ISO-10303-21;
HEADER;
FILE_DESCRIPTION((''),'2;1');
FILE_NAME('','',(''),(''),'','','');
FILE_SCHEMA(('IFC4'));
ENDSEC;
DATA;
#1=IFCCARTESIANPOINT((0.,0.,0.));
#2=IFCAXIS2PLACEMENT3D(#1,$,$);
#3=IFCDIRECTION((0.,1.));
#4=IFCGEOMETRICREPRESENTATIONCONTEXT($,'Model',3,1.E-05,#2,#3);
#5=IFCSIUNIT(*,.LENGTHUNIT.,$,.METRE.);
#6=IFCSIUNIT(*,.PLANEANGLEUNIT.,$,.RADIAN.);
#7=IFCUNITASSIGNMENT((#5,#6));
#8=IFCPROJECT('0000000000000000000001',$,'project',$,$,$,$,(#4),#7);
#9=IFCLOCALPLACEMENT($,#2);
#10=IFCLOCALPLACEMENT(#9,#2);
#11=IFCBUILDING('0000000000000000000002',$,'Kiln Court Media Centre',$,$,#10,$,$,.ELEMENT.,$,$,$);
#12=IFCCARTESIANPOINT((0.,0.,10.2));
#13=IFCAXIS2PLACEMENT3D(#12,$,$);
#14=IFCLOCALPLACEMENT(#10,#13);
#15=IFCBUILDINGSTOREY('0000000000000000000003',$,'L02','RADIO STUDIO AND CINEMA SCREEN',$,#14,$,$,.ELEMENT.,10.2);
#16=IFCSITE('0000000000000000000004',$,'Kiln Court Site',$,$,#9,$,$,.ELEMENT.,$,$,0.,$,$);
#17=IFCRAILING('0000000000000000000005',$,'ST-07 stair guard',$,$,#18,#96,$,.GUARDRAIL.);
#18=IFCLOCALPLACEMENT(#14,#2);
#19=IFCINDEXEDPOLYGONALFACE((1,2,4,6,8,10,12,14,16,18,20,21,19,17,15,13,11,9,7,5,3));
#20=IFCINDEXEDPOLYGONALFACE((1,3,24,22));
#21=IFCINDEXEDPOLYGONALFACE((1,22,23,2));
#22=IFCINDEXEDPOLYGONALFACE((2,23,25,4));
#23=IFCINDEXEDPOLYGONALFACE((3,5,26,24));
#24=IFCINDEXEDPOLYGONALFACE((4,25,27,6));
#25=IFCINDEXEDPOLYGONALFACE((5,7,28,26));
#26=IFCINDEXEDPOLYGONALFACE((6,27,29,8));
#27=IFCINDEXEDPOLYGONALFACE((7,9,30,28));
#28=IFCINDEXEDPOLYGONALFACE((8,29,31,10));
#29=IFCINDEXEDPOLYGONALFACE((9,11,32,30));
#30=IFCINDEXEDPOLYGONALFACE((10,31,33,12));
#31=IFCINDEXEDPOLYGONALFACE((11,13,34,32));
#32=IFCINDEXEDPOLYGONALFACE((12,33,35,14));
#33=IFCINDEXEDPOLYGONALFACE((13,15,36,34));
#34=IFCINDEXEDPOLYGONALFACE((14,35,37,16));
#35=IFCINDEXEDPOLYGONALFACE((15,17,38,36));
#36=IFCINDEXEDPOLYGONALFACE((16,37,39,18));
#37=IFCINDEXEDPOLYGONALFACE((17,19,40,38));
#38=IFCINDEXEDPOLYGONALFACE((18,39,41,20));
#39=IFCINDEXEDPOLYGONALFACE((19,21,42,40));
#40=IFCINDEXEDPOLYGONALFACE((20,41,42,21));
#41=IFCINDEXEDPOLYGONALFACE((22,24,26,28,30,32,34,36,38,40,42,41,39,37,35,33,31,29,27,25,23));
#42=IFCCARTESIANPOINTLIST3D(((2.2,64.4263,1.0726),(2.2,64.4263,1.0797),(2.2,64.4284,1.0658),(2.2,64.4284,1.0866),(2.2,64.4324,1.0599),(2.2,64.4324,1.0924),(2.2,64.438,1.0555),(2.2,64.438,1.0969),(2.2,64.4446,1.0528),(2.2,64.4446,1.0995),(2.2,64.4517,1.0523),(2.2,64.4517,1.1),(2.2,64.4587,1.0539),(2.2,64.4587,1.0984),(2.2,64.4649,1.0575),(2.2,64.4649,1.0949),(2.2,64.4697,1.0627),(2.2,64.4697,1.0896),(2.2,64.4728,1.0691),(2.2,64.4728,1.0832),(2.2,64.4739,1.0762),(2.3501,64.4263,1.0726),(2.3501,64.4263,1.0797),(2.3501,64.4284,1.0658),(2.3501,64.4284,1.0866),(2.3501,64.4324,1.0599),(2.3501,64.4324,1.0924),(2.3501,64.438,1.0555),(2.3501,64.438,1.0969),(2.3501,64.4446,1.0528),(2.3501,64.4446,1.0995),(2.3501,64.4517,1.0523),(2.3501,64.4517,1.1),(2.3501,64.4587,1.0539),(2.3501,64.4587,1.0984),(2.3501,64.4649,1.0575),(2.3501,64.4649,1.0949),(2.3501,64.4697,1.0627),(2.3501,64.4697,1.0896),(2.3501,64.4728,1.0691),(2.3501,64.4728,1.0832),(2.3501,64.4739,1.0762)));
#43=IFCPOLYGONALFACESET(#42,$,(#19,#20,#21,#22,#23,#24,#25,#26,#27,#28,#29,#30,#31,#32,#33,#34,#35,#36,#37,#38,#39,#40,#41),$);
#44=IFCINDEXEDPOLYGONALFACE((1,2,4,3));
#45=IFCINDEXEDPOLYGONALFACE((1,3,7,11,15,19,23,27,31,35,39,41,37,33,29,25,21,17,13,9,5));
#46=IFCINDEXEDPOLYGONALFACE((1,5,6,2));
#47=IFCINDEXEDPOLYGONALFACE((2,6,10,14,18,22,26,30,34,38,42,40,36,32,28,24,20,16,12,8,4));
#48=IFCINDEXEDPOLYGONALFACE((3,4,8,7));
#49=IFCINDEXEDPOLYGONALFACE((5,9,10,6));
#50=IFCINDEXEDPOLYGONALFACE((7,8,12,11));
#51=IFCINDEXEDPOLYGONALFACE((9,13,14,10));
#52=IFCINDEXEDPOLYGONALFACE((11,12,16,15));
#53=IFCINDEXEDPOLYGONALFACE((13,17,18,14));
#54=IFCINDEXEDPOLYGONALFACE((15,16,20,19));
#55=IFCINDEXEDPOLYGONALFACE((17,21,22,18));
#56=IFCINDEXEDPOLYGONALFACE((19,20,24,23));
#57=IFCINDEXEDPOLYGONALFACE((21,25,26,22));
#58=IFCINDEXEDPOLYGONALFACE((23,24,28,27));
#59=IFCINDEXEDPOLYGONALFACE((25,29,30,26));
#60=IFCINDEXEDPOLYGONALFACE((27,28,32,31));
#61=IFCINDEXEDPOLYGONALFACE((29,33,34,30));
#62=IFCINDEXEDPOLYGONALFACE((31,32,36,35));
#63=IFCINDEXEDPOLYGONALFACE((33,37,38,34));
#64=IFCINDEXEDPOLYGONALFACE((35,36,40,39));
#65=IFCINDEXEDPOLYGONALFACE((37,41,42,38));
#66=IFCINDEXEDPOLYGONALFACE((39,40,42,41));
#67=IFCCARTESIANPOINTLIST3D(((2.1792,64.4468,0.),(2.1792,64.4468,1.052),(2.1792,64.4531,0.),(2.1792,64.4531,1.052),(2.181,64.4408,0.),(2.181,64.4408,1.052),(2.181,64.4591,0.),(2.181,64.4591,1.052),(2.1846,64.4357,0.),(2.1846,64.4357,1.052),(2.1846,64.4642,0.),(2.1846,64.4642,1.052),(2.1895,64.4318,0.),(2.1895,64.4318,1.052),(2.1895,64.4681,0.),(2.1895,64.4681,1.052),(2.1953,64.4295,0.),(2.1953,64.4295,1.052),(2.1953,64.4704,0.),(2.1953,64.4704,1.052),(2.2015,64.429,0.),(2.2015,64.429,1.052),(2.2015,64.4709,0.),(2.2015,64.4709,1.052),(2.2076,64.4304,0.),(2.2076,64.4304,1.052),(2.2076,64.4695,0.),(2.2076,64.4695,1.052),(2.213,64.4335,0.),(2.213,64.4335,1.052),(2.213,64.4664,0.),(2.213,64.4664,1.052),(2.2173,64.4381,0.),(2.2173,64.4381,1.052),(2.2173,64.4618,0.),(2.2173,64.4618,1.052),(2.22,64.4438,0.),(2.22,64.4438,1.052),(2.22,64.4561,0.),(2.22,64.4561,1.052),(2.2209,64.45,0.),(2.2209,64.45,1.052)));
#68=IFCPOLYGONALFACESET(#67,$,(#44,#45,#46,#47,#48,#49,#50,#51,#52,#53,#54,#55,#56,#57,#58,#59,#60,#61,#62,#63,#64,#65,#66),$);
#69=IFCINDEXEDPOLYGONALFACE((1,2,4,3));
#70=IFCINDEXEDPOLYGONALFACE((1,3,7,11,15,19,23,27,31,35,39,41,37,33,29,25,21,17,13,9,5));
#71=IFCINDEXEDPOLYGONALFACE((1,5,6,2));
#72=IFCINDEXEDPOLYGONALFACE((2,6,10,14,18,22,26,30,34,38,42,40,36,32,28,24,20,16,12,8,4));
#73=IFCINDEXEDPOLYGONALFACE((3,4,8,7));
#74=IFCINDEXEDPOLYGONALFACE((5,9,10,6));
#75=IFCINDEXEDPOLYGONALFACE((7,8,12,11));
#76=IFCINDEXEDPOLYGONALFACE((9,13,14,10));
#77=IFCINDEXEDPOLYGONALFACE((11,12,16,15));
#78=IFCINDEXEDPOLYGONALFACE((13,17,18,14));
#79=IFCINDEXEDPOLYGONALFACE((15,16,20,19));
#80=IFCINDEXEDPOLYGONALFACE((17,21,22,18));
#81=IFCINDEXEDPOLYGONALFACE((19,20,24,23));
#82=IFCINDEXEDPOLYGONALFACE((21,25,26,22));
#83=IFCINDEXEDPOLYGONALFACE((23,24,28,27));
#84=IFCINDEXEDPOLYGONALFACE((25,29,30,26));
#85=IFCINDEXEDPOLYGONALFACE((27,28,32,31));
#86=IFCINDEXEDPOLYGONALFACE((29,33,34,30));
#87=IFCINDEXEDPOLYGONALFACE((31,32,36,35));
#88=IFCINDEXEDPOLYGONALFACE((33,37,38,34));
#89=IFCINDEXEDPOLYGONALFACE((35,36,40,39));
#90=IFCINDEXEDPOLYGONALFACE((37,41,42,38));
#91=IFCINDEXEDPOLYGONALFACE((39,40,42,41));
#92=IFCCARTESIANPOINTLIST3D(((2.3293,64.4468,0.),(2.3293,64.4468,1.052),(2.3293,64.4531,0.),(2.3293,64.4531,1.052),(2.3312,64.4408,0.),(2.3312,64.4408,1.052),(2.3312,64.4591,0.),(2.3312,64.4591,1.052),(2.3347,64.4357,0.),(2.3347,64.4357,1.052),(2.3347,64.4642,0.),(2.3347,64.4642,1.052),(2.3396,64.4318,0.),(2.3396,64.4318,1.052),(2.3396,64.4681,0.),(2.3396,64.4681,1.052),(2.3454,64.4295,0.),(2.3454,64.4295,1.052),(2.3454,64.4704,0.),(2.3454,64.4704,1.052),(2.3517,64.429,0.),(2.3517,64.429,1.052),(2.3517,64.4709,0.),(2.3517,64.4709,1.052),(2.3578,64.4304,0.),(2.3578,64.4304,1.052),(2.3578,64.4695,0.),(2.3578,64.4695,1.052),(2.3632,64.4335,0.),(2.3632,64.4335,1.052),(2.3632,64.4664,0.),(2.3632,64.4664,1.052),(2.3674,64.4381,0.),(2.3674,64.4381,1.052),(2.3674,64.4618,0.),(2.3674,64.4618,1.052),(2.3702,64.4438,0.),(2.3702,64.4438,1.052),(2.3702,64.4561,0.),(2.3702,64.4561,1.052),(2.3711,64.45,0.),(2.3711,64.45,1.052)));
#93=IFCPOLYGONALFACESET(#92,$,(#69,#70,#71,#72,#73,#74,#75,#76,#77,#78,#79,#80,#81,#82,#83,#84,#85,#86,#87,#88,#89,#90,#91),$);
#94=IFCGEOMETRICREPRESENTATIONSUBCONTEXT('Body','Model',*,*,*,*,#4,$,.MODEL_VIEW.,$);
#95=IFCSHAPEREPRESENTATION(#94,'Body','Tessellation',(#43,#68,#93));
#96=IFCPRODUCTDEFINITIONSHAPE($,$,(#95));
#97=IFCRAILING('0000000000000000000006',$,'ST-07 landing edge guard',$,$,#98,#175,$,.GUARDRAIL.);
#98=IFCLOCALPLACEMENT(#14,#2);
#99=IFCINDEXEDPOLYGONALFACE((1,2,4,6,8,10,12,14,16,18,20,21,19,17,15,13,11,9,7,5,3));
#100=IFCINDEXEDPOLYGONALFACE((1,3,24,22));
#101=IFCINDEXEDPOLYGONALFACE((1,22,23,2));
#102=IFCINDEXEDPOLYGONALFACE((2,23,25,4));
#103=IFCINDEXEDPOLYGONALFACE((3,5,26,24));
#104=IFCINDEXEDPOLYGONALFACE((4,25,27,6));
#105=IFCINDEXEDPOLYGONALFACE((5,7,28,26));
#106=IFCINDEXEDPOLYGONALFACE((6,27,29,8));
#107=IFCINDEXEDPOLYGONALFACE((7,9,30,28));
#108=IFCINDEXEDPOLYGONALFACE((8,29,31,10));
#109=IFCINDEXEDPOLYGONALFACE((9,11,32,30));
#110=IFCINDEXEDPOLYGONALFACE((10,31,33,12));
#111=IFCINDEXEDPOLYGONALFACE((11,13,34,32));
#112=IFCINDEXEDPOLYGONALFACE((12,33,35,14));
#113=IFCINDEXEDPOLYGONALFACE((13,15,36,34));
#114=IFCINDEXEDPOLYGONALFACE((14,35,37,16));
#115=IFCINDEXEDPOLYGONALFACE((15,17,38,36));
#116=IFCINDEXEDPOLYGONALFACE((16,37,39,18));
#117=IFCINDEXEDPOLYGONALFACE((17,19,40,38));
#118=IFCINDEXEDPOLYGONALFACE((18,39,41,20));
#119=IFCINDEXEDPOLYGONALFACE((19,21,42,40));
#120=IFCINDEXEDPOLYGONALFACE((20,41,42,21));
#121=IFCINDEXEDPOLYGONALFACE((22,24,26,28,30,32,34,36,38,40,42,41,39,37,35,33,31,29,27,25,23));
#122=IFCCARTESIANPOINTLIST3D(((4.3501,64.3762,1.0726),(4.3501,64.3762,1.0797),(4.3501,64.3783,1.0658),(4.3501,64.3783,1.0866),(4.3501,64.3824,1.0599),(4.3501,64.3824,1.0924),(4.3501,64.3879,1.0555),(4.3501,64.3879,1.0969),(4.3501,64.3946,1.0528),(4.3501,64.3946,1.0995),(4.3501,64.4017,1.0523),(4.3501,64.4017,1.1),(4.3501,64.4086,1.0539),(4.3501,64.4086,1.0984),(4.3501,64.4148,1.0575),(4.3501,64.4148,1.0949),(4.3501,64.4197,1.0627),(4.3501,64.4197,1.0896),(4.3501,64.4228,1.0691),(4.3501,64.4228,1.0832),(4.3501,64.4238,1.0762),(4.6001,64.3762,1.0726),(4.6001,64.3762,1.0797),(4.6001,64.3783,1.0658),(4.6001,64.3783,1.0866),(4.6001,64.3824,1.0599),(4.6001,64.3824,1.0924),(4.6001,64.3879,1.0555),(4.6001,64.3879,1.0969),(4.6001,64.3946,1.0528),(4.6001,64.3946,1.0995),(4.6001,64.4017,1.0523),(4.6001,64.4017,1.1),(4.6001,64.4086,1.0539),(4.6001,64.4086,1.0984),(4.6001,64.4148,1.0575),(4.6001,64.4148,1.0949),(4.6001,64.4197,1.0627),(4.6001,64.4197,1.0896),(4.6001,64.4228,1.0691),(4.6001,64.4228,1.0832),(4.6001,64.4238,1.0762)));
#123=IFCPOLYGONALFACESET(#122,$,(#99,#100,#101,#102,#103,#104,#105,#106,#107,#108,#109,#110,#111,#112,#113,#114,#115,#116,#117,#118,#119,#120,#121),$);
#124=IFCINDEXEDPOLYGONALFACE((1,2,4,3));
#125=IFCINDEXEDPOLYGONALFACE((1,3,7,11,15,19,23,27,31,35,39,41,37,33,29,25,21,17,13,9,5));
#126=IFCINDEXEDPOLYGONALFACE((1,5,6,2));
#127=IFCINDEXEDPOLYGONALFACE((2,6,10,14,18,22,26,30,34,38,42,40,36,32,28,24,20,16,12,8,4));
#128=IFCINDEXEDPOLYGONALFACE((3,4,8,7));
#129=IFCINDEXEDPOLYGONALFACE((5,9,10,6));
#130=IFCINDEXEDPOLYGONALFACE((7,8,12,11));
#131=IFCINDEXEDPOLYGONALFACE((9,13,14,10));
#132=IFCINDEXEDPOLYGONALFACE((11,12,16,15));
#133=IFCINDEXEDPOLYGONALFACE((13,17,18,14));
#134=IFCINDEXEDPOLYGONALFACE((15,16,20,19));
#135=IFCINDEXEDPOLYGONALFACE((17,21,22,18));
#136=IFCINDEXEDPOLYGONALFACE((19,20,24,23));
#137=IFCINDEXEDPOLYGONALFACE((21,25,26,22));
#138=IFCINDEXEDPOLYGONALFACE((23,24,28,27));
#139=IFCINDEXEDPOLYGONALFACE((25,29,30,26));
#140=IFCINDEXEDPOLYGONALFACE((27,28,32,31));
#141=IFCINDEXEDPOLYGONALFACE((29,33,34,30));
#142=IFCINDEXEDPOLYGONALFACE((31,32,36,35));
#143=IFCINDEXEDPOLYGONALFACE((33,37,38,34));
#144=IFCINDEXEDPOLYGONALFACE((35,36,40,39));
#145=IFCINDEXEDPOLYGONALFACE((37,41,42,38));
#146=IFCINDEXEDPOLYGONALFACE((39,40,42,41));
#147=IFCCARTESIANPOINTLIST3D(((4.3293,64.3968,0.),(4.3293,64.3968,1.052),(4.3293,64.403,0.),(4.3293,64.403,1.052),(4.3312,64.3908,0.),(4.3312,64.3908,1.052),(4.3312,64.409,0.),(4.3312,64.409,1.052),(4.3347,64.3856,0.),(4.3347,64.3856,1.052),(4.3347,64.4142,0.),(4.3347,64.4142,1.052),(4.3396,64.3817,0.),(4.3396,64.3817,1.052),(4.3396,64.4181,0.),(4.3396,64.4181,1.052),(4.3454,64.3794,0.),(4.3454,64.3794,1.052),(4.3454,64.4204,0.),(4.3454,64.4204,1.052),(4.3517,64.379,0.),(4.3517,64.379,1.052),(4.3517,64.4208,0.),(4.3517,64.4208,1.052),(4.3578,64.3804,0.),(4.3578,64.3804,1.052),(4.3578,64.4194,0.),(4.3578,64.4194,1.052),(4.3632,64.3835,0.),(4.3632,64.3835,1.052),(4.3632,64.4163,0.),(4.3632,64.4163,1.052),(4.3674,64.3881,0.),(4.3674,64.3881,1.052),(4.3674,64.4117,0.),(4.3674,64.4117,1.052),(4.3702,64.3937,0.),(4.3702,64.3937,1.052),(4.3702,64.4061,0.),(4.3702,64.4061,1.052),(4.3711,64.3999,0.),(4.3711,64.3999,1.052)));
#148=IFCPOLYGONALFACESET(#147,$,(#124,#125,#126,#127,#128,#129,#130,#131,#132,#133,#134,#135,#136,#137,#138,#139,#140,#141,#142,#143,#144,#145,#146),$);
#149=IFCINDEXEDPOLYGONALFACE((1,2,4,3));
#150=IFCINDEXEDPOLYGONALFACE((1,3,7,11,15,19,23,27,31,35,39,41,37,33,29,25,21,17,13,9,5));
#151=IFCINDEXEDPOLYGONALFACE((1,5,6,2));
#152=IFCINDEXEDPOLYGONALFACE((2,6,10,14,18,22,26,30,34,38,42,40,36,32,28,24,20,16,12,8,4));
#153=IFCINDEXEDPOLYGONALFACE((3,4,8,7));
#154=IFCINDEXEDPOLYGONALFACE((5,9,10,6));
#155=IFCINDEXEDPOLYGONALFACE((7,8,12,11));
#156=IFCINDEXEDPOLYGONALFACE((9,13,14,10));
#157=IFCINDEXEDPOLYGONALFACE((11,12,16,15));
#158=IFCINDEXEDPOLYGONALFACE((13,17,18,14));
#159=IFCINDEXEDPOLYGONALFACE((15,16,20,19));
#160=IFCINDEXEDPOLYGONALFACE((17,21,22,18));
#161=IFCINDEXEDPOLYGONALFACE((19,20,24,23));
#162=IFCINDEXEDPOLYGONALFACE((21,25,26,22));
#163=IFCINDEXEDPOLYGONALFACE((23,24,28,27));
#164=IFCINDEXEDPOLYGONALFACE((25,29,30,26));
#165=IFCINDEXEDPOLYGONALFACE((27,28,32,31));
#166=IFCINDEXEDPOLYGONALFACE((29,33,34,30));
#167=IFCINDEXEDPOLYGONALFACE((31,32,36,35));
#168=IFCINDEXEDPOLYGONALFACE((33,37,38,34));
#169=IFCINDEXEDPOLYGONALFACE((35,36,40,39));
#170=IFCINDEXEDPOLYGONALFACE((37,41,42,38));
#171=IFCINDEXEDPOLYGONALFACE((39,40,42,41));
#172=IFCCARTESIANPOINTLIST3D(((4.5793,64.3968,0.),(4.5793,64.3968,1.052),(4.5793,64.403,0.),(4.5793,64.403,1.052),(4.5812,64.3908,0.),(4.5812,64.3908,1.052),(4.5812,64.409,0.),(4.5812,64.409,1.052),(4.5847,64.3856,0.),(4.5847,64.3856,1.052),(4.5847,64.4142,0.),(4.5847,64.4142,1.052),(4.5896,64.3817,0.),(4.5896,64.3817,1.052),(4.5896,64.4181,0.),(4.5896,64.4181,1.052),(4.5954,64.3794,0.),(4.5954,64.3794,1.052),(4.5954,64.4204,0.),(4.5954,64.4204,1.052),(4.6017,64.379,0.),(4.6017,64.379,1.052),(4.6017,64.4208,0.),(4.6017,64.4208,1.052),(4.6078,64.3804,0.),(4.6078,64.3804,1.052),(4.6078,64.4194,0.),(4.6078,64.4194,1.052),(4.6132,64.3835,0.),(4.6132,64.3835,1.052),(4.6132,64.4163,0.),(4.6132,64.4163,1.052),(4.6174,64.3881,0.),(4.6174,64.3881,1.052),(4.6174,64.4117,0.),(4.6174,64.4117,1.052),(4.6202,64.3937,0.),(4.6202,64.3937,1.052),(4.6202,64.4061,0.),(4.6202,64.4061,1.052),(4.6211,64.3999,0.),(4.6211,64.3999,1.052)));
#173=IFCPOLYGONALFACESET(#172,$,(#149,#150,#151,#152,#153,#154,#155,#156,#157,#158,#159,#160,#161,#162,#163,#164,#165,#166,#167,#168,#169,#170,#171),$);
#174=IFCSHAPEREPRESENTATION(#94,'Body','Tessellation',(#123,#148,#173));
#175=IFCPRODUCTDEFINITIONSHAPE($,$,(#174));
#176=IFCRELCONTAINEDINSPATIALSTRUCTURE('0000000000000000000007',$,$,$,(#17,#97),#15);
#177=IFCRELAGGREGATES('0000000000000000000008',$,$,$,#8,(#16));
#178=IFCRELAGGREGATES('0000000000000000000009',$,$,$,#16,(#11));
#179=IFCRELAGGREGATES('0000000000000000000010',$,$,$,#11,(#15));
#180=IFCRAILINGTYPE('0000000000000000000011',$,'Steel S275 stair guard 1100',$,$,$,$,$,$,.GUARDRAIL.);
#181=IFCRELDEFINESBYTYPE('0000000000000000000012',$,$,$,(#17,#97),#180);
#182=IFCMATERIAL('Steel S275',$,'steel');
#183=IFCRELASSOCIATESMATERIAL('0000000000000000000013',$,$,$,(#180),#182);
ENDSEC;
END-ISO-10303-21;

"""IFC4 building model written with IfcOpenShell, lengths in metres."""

from ifc_helpers import new_model, si_unit, direction, frame, origin, origin_2d, place, context, subcontext, project, spatial, circle, extrude, material, type_object, element, save


model = new_model("IFC4")

# Units and contexts
model_context = context("Model", 3, precision=1e-05, world=origin(), true_north=direction((0.0, 1.0)))
body_context = subcontext(model_context, "Body", "Model", "MODEL_VIEW")
ifc_project = project(units=[si_unit("LENGTHUNIT", "METRE"), si_unit("PLANEANGLEUNIT", "RADIAN")], contexts=[model_context])

# Site, building, storey
site_placement = place(None, origin())
site = spatial("IfcSite", under=ifc_project, at=site_placement, Name="Kiln Court Site", CompositionType="ELEMENT", RefElevation=0.0)
building_placement = place(site_placement, origin())
building = spatial("IfcBuilding", under=site, at=building_placement, Name="Kiln Court Media Centre", CompositionType="ELEMENT")
storey_placement = place(building_placement, frame((0.0, 0.0, 10.2)))
storey = spatial("IfcBuildingStorey", under=building, at=storey_placement, Name="L02", Description="RADIO STUDIO AND CINEMA SCREEN", CompositionType="ELEMENT", Elevation=10.2)

# Railings
ifc_material_1 = material(Name="Steel S275", Category="steel")
railing_type_1 = type_object("IfcRailingType", Name="Steel S275 stair guard 1100", PredefinedType="GUARDRAIL", material=ifc_material_1)
railing_1_placement = place(storey_placement, frame((2.2, 64.45, 0.0)))
element("IfcRailing", 1, at=railing_1_placement, inside=storey, type_object=railing_type_1, Name="ST-07 stair guard", PredefinedType="GUARDRAIL", context=body_context, shape_type="SweptSolid", body=[
    extrude(circle(Radius=0.0239, at=origin_2d()), frame((0.0, 0.0, 1.0762), z_axis=(1.0, 0.0, 0.0), x_axis=(0.0, 1.0, 0.0)), (0.0, 0.0, 1.0), 0.1501),
    extrude(circle(Radius=0.021, at=origin_2d()), origin(), (0.0, 0.0, 1.0), 1.052),
    extrude(circle(Radius=0.021, at=origin_2d()), frame((0.1501, 0.0, 0.0)), (0.0, 0.0, 1.0), 1.052),
])
railing_2_placement = place(storey_placement, frame((4.3501, 64.3999, 0.0)))
element("IfcRailing", 2, at=railing_2_placement, inside=storey, type_object=railing_type_1, Name="ST-07 landing edge guard", PredefinedType="GUARDRAIL", context=body_context, shape_type="SweptSolid", body=[
    extrude(circle(Radius=0.0239, at=origin_2d()), frame((0.0, 0.0, 1.0762), z_axis=(1.0, 0.0, 0.0), x_axis=(0.0, 1.0, 0.0)), (0.0, 0.0, 1.0), 0.25),
    extrude(circle(Radius=0.021, at=origin_2d()), origin(), (0.0, 0.0, 1.0), 1.052),
    extrude(circle(Radius=0.021, at=origin_2d()), frame((0.25, 0.0, 0.0)), (0.0, 0.0, 1.0), 1.052),
])

save(model, "model.ifc")
